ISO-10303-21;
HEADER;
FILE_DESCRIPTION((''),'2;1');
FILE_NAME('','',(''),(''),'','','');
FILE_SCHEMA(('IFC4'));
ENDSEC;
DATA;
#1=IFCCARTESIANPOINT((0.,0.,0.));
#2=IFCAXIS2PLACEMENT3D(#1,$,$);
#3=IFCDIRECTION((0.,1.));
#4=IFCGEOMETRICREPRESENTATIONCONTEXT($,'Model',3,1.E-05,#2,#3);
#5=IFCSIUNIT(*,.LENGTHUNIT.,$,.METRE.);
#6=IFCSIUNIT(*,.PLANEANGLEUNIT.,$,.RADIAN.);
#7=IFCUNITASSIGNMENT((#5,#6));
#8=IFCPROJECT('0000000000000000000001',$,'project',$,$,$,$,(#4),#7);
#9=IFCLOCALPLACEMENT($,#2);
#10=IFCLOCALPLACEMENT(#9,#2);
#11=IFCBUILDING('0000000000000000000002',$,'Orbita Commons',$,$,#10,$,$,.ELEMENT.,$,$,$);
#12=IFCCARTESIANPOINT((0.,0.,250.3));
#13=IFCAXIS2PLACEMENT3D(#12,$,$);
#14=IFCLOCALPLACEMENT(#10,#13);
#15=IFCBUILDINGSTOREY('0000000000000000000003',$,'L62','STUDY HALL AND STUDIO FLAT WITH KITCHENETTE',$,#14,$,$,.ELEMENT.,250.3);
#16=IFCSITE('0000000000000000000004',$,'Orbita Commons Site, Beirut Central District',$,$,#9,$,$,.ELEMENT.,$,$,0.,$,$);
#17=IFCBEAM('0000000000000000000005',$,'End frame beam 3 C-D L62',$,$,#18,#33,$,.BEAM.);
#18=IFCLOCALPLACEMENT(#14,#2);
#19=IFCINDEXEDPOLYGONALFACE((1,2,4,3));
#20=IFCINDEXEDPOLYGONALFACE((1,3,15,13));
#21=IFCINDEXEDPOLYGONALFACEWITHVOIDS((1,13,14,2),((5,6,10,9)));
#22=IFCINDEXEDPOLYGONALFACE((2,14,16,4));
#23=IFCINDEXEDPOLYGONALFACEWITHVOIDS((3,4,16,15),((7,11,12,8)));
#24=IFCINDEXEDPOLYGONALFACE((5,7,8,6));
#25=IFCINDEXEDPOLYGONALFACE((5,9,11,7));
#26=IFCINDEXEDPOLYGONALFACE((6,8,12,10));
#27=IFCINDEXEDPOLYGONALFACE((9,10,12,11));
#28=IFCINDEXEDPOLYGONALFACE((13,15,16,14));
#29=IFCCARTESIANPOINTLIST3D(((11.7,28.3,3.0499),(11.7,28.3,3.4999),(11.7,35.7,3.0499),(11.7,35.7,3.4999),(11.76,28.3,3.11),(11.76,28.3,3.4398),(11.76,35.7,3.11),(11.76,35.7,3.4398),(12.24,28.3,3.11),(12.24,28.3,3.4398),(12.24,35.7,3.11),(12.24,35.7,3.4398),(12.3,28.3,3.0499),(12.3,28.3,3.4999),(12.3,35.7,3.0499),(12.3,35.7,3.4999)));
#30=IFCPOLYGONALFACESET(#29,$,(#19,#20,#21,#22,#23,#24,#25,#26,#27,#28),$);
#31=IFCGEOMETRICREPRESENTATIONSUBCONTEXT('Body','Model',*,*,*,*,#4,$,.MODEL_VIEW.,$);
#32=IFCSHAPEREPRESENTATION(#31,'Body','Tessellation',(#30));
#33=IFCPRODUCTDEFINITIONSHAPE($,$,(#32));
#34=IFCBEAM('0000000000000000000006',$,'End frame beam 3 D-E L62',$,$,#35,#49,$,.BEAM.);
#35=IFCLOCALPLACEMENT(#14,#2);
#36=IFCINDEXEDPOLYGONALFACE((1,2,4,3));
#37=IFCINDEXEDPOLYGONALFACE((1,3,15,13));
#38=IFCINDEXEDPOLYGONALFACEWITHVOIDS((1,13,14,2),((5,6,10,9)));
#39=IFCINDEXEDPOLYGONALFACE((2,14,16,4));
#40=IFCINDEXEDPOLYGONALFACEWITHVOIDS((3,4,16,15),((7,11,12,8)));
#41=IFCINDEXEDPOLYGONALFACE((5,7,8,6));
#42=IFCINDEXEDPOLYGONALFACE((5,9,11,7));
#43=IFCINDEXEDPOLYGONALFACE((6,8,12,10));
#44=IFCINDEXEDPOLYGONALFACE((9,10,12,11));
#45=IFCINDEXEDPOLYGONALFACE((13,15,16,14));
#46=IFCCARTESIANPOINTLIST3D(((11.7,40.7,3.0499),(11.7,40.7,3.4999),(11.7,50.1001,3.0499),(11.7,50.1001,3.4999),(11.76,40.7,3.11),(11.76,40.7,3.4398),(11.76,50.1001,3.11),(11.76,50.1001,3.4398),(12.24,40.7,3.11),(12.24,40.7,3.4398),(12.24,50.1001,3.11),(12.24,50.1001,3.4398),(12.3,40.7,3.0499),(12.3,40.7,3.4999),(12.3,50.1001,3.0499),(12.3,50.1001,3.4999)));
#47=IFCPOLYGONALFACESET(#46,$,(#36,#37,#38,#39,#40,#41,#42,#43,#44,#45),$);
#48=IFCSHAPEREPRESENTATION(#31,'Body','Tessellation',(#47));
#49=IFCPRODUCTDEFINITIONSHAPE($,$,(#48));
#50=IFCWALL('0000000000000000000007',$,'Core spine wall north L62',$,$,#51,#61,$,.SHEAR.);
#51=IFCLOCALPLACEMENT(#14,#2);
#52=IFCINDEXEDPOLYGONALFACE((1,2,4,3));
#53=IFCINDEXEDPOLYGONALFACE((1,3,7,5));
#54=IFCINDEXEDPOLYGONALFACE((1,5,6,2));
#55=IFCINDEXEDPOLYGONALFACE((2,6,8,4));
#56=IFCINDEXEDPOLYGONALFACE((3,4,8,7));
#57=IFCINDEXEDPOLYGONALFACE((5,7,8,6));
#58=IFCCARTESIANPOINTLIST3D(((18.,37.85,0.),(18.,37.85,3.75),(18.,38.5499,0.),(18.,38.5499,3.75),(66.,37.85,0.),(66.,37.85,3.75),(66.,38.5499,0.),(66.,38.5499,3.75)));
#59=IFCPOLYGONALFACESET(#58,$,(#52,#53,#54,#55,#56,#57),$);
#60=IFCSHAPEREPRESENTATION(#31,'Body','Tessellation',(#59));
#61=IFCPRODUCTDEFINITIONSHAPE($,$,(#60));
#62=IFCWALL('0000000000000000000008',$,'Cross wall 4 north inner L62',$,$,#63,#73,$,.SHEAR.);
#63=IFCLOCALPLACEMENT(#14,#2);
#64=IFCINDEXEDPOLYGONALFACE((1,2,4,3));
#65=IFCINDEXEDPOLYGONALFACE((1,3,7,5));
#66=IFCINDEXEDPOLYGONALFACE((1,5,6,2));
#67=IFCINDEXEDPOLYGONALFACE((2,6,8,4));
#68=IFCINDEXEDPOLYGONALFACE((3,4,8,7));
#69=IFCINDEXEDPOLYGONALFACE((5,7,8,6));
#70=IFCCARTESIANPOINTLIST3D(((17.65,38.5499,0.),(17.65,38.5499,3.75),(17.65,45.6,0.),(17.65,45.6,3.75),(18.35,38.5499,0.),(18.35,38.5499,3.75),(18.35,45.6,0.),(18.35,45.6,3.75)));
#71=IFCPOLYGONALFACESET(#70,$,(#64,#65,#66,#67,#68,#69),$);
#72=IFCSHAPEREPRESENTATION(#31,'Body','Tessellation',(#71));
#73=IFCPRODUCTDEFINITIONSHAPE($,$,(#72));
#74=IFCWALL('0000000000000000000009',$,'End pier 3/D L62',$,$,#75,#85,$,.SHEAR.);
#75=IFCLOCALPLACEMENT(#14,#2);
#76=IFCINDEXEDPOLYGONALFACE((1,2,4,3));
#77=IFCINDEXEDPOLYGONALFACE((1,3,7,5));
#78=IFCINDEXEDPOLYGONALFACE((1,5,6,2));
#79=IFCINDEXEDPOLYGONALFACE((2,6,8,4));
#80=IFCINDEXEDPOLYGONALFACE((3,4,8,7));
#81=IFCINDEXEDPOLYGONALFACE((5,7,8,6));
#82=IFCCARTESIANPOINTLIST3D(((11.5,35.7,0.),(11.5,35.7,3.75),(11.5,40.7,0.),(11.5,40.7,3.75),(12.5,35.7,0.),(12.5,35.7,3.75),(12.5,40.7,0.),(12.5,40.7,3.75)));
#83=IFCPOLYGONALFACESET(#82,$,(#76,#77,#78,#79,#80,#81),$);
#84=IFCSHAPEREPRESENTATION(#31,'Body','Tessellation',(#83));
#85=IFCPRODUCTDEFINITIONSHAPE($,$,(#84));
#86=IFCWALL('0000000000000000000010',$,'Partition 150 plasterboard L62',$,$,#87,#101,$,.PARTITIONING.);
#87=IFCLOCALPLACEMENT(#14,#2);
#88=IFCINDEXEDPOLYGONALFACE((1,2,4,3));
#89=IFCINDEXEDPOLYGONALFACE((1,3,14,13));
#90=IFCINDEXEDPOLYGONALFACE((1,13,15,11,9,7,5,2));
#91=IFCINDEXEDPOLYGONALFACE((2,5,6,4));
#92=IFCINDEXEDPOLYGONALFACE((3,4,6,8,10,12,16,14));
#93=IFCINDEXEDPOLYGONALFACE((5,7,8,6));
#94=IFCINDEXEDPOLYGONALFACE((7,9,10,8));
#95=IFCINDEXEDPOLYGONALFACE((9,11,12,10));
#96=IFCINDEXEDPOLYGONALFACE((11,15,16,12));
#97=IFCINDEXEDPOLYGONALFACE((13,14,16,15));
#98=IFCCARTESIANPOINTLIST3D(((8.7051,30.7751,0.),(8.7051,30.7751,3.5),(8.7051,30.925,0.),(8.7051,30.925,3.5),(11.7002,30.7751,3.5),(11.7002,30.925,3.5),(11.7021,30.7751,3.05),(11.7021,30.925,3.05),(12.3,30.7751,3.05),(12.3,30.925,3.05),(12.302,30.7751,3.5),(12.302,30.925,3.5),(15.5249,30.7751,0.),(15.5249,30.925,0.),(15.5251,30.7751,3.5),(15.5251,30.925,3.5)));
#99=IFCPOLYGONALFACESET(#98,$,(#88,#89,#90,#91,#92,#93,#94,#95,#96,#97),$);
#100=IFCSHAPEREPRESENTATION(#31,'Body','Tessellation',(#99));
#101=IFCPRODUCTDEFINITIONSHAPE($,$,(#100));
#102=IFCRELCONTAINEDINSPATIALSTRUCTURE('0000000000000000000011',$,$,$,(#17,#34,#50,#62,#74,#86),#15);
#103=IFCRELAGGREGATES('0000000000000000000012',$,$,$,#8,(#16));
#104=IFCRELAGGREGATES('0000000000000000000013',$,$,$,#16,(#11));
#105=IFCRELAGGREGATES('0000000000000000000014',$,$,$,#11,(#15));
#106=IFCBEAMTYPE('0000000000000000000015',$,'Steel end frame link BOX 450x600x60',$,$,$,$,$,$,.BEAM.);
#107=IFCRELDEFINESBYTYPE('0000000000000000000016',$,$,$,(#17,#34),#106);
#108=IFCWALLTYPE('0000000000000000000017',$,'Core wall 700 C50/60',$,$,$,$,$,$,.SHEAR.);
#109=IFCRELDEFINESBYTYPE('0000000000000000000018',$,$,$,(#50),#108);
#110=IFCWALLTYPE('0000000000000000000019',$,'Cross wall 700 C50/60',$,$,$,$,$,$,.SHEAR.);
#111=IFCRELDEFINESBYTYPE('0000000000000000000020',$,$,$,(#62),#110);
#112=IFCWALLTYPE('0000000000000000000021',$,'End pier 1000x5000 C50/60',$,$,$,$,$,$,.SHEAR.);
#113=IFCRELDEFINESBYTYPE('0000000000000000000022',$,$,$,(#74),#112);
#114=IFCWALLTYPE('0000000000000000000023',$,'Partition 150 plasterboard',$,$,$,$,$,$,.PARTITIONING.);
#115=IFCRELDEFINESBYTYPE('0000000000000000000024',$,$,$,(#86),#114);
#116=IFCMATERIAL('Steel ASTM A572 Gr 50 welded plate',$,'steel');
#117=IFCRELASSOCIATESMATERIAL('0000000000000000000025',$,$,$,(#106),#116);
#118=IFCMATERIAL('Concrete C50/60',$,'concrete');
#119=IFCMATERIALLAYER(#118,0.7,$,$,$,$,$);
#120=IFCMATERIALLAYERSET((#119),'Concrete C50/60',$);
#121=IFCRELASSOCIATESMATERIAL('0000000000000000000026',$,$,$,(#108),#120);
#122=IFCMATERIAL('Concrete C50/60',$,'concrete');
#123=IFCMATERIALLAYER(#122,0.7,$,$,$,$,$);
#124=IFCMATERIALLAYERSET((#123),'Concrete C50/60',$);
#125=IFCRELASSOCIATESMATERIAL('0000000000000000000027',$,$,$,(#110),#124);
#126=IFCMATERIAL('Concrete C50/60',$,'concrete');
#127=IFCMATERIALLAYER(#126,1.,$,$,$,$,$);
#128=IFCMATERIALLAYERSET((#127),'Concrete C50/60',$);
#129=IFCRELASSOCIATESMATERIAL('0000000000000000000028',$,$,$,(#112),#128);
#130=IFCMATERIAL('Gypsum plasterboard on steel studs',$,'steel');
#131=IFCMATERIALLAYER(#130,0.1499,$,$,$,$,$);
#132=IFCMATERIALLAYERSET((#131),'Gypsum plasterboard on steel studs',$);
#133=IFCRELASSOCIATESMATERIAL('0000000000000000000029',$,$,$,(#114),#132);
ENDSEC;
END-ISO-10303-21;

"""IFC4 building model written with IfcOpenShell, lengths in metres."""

from ifc_helpers import new_model, si_unit, direction, frame, frame_2d, origin, origin_2d, place, context, subcontext, project, spatial, polyline, rectangle, hollow_rectangle, outline, extrude, material, layer, layer_set, material_profile, profile_set, type_object, element, save


model = new_model("IFC4")

# Units and contexts
model_context = context("Model", 3, precision=1e-05, world=origin(), true_north=direction((0.0, 1.0)))
body_context = subcontext(model_context, "Body", "Model", "MODEL_VIEW")
ifc_project = project(units=[si_unit("LENGTHUNIT", "METRE"), si_unit("PLANEANGLEUNIT", "RADIAN")], contexts=[model_context])

# Site, building, storey
site_placement = place(None, origin())
site = spatial("IfcSite", under=ifc_project, at=site_placement, Name="Orbita Commons Site, Beirut Central District", CompositionType="ELEMENT", RefElevation=0.0)
building_placement = place(site_placement, origin())
building = spatial("IfcBuilding", under=site, at=building_placement, Name="Orbita Commons", CompositionType="ELEMENT")
storey_placement = place(building_placement, frame((0.0, 0.0, 250.3)))
storey = spatial("IfcBuildingStorey", under=building, at=storey_placement, Name="L62", Description="STUDY HALL AND STUDIO FLAT WITH KITCHENETTE", CompositionType="ELEMENT", Elevation=250.3)

# Beams
ifc_material_1 = material(Name="Steel ASTM A572 Gr 50 welded plate", Category="steel")
ifc_material_profile = material_profile(ifc_material_1, hollow_rectangle(XDim=0.6001, YDim=0.45, WallThickness=0.0601, at=origin_2d()), Name="BOX 450x600x60")
ifc_profile_set = profile_set([ifc_material_profile], Name="Steel ASTM A572 Gr 50 welded plate")
beam_type = type_object("IfcBeamType", Name="Steel end frame link BOX 450x600x60", PredefinedType="BEAM", material=ifc_profile_set)
beam_1_placement = place(storey_placement, frame((12.0, 28.3, 3.2749), z_axis=(0.0, 1.0, 0.0), x_axis=(-1.0, 0.0, 0.0)))
element("IfcBeam", 1, at=beam_1_placement, inside=storey, type_object=beam_type, Name="End frame beam 3 C-D L62", PredefinedType="BEAM", context=body_context, shape_type="SweptSolid", body=[
    extrude(hollow_rectangle(XDim=0.6001, YDim=0.45, WallThickness=0.0601, at=origin_2d()), origin(), (0.0, 0.0, 1.0), 7.3999),
])
beam_2_placement = place(storey_placement, frame((12.0, 40.7, 3.2749), z_axis=(0.0, 1.0, 0.0), x_axis=(-1.0, 0.0, 0.0)))
element("IfcBeam", 2, at=beam_2_placement, inside=storey, type_object=beam_type, Name="End frame beam 3 D-E L62", PredefinedType="BEAM", context=body_context, shape_type="SweptSolid", body=[
    extrude(hollow_rectangle(XDim=0.6001, YDim=0.45, WallThickness=0.0601, at=origin_2d()), origin(), (0.0, 0.0, 1.0), 9.4001),
])

# Walls
ifc_material_2 = material(Name="Concrete C50/60", Category="concrete")
ifc_layer_1 = layer(ifc_material_2, 0.7)
ifc_layer_set_1 = layer_set([ifc_layer_1], Name="Concrete C50/60")
wall_type_1 = type_object("IfcWallType", Name="Core wall 700 C50/60", PredefinedType="SHEAR", material=ifc_layer_set_1)
wall_1_placement = place(storey_placement, frame((18.0, 38.2, 0.0), z_axis=(0.0, 0.0, 1.0), x_axis=(1.0, 0.0, 0.0)))
element("IfcWall", 3, at=wall_1_placement, inside=storey, type_object=wall_type_1, Name="Core spine wall north L62", PredefinedType="SHEAR", context=body_context, shape_type="SweptSolid", body=[
    extrude(rectangle(XDim=48.0, YDim=0.7, at=frame_2d((24.0, 0.0))), origin(), (0.0, 0.0, 1.0), 3.75),
])
ifc_material_3 = material(Name="Concrete C50/60", Category="concrete")
ifc_layer_2 = layer(ifc_material_3, 0.7)
ifc_layer_set_2 = layer_set([ifc_layer_2], Name="Concrete C50/60")
wall_type_2 = type_object("IfcWallType", Name="Cross wall 700 C50/60", PredefinedType="SHEAR", material=ifc_layer_set_2)
wall_2_placement = place(storey_placement, frame((18.0, 38.55, 0.0), z_axis=(0.0, 0.0, 1.0), x_axis=(0.0, 1.0, 0.0)))
element("IfcWall", 4, at=wall_2_placement, inside=storey, type_object=wall_type_2, Name="Cross wall 4 north inner L62", PredefinedType="SHEAR", context=body_context, shape_type="SweptSolid", body=[
    extrude(rectangle(XDim=7.05, YDim=0.7, at=frame_2d((3.5249, 0.0))), origin(), (0.0, 0.0, 1.0), 3.75),
])
ifc_material_4 = material(Name="Concrete C50/60", Category="concrete")
ifc_layer_3 = layer(ifc_material_4, 1.0)
ifc_layer_set_3 = layer_set([ifc_layer_3], Name="Concrete C50/60")
wall_type_3 = type_object("IfcWallType", Name="End pier 1000x5000 C50/60", PredefinedType="SHEAR", material=ifc_layer_set_3)
wall_3_placement = place(storey_placement, frame((12.0, 35.7, 0.0), z_axis=(0.0, 0.0, 1.0), x_axis=(0.0, 1.0, 0.0)))
element("IfcWall", 5, at=wall_3_placement, inside=storey, type_object=wall_type_3, Name="End pier 3/D L62", PredefinedType="SHEAR", context=body_context, shape_type="SweptSolid", body=[
    extrude(rectangle(XDim=5.0, YDim=1.0, at=frame_2d((2.5, 0.0))), origin(), (0.0, 0.0, 1.0), 3.75),
])
ifc_material_5 = material(Name="Gypsum plasterboard on steel studs", Category="steel")
ifc_layer_4 = layer(ifc_material_5, 0.1499)
ifc_layer_set_4 = layer_set([ifc_layer_4], Name="Gypsum plasterboard on steel studs")
wall_type_4 = type_object("IfcWallType", Name="Partition 150 plasterboard", PredefinedType="PARTITIONING", material=ifc_layer_set_4)
wall_4_placement = place(storey_placement, frame((8.7051, 30.8501, 0.0), z_axis=(0.0, 0.0, 1.0), x_axis=(1.0, 0.0, 0.0)))
element("IfcWall", 6, at=wall_4_placement, inside=storey, type_object=wall_type_4, Name="Partition 150 plasterboard L62", PredefinedType="PARTITIONING", context=body_context, shape_type="SweptSolid", body=[
    extrude(outline(polyline([(0.0, 0.0), (6.8198, 0.0), (6.8201, 3.5), (3.5969, 3.5), (3.595, 3.05), (2.9971, 3.05), (2.9951, 3.5), (0.0, 3.5), (0.0, 0.0)])), frame((0.0, 0.075, 0.0), z_axis=(0.0, -1.0, 0.0), x_axis=(1.0, 0.0, 0.0)), (0.0, 0.0, 1.0), 0.1499),
])

save(model, "model.ifc")
